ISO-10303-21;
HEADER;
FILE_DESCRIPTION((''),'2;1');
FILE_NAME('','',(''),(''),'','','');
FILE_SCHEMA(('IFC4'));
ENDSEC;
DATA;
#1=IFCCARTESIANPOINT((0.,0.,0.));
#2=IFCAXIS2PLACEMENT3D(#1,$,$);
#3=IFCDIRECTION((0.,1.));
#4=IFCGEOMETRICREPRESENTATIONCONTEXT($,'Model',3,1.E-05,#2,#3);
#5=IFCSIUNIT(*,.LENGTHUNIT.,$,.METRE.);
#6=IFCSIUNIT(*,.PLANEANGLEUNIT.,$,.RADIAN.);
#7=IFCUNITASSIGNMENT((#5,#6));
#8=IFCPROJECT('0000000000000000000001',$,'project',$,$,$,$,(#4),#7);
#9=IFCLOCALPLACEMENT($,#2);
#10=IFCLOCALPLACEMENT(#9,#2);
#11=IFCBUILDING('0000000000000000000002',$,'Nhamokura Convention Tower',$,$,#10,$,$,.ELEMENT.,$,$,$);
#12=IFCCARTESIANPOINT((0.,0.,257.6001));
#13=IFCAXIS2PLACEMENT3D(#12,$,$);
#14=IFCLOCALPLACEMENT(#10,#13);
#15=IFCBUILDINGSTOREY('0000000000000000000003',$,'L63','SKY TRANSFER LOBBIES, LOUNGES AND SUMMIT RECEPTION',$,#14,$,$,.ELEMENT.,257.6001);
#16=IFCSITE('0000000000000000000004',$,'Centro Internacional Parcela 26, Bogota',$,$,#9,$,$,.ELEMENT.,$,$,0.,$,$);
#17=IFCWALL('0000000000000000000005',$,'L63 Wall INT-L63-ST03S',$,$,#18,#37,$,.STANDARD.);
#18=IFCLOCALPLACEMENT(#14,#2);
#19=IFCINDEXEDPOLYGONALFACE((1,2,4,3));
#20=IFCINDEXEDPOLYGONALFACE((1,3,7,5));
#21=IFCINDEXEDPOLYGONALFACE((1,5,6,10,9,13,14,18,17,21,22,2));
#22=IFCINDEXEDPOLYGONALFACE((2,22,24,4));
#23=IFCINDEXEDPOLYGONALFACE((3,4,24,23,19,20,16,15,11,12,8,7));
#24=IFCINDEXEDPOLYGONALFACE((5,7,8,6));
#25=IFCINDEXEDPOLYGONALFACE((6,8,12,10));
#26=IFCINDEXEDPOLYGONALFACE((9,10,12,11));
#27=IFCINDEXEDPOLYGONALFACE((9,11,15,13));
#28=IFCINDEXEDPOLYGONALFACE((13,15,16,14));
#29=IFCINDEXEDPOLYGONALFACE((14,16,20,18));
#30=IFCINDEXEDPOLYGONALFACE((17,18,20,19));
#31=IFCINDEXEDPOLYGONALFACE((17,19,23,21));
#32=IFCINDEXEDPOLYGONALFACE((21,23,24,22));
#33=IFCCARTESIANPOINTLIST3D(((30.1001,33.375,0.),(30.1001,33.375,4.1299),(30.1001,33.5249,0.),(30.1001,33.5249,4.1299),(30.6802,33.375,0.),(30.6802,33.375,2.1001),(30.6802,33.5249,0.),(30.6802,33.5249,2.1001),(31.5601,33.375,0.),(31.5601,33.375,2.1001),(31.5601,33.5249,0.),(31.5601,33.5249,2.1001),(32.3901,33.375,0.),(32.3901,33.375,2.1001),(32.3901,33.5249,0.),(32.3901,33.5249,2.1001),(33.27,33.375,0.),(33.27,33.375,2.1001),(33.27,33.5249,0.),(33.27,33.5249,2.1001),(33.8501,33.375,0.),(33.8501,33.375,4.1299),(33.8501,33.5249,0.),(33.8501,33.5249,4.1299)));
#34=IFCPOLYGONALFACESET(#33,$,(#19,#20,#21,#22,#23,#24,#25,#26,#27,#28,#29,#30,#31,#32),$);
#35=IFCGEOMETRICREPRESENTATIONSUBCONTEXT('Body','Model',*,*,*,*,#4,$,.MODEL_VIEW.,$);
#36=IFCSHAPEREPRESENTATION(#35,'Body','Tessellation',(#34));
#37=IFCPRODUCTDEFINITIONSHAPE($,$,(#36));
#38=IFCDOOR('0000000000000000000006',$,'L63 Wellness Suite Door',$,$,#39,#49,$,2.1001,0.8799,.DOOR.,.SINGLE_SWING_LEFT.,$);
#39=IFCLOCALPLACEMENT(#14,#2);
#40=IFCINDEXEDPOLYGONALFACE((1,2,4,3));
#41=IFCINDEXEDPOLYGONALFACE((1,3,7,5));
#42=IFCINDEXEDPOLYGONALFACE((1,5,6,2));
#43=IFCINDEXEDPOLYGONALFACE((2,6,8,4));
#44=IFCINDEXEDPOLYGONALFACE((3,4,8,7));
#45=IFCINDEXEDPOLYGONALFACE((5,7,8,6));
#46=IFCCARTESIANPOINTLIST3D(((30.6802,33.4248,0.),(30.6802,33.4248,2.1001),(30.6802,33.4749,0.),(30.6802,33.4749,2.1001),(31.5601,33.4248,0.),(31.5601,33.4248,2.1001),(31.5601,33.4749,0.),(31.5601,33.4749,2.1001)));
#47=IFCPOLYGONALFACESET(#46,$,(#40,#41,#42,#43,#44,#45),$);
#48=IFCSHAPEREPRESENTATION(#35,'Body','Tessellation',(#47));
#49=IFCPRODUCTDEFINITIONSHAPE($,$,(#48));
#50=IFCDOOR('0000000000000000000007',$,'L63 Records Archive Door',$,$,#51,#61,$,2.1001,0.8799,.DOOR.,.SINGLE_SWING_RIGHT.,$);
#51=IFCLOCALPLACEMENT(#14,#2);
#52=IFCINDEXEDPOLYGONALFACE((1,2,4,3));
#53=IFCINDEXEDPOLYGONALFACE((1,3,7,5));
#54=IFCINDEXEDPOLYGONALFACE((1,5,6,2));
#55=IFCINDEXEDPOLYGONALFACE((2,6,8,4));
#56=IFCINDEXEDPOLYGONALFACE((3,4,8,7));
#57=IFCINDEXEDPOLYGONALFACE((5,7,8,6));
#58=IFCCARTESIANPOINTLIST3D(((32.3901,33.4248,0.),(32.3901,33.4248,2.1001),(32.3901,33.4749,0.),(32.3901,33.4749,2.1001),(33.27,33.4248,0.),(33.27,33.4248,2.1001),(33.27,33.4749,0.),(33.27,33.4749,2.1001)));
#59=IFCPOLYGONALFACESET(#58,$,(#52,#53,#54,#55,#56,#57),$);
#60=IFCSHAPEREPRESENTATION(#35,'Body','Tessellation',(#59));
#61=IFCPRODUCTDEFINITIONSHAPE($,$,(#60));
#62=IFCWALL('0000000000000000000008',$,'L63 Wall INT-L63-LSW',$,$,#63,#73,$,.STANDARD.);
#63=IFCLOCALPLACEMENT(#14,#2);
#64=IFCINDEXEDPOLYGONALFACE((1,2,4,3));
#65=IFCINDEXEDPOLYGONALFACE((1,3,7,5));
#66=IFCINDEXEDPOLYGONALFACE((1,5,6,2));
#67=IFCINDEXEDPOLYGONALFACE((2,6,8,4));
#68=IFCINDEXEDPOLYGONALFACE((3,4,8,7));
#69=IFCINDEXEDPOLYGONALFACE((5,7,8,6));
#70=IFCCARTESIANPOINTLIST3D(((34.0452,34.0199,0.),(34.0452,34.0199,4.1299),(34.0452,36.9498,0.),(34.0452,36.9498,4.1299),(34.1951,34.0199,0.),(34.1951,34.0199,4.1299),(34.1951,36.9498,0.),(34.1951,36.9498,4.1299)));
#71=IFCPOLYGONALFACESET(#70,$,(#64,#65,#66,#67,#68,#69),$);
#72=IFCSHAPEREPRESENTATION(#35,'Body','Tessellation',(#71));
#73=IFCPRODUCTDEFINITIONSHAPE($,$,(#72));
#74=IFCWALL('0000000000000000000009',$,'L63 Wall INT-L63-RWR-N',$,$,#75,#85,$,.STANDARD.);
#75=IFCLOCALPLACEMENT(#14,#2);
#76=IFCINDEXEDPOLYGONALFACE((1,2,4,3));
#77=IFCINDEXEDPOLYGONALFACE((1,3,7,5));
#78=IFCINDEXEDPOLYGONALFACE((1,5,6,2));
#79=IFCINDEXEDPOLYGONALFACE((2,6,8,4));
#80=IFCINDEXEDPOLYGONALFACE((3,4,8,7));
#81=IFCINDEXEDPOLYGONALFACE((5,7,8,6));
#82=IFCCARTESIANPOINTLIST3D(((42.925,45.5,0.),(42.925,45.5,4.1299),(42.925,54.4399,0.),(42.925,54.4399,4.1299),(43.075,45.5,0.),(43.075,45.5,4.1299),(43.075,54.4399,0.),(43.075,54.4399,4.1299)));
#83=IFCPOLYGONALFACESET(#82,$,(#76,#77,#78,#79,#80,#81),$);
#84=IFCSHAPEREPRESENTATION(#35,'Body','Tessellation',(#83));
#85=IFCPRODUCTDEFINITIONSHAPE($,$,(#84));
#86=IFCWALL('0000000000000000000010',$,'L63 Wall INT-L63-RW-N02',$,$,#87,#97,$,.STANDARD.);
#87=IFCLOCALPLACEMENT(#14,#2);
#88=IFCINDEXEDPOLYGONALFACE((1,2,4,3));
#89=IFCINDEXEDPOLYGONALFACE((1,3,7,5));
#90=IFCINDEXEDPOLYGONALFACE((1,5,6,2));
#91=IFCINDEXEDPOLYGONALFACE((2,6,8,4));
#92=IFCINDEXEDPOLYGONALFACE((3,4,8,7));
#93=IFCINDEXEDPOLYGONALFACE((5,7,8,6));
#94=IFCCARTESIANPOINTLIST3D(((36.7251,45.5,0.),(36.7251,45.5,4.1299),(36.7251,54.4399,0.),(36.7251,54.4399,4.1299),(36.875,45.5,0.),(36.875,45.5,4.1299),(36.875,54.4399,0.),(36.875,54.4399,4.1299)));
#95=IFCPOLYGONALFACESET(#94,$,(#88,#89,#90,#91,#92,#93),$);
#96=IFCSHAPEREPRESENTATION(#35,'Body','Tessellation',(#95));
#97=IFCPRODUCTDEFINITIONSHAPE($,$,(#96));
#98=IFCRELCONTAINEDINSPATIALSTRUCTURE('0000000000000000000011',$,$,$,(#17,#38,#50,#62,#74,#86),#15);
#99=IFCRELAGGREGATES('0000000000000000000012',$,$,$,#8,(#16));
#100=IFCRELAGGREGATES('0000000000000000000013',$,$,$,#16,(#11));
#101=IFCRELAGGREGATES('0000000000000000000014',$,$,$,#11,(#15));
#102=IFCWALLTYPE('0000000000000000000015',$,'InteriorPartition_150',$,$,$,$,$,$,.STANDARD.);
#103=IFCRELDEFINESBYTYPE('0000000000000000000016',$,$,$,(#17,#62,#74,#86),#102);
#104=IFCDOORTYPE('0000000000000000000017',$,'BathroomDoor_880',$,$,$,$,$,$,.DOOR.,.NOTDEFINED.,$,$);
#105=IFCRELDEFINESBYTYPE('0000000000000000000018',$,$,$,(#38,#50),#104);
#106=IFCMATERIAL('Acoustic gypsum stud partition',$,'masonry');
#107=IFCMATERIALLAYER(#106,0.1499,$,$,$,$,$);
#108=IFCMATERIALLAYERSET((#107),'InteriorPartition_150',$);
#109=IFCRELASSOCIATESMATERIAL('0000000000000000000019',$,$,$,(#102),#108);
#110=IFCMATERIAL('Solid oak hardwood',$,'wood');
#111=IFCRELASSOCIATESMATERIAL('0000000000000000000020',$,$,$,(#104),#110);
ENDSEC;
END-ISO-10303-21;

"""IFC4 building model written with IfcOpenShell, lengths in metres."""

from ifc_helpers import new_model, si_unit, direction, frame, frame_2d, origin, place, context, subcontext, project, spatial, rectangle, extrude, material, layer, layer_set, type_object, element, fill, save


model = new_model("IFC4")

# Units and contexts
model_context = context("Model", 3, precision=1e-05, world=origin(), true_north=direction((0.0, 1.0)))
body_context = subcontext(model_context, "Body", "Model", "MODEL_VIEW")
ifc_project = project(units=[si_unit("LENGTHUNIT", "METRE"), si_unit("PLANEANGLEUNIT", "RADIAN")], contexts=[model_context])

# Site, building, storey
site_placement = place(None, origin())
site = spatial("IfcSite", under=ifc_project, at=site_placement, Name="Centro Internacional Parcela 26, Bogota", CompositionType="ELEMENT", RefElevation=0.0)
building_placement = place(site_placement, origin())
building = spatial("IfcBuilding", under=site, at=building_placement, Name="Nhamokura Convention Tower", CompositionType="ELEMENT")
storey_placement = place(building_placement, frame((0.0, 0.0, 257.6001)))
storey = spatial("IfcBuildingStorey", under=building, at=storey_placement, Name="L63", Description="SKY TRANSFER LOBBIES, LOUNGES AND SUMMIT RECEPTION", CompositionType="ELEMENT", Elevation=257.6001)

# Shared definitions
ifc_material_1 = material(Name="Acoustic gypsum stud partition", Category="masonry")
ifc_layer_1 = layer(ifc_material_1, 0.1499)
ifc_layer_set_1 = layer_set([ifc_layer_1], Name="InteriorPartition_150")
wall_type_1 = type_object("IfcWallType", Name="InteriorPartition_150", PredefinedType="STANDARD", material=ifc_layer_set_1)

# Wall, openings, doors
wall_1_placement = place(storey_placement, frame((30.1001, 33.45, 0.0), z_axis=(0.0, 0.0, 1.0), x_axis=(1.0, 0.0, 0.0)))
wall_1 = element("IfcWall", 1, at=wall_1_placement, inside=storey, type_object=wall_type_1, Name="L63 Wall INT-L63-ST03S", PredefinedType="STANDARD", context=body_context, shape_type="SweptSolid", body=[
    extrude(rectangle(XDim=3.75, YDim=0.1499, at=frame_2d((1.875, 0.0))), origin(), (0.0, 0.0, 1.0), 4.1299),
])
opening_1_placement = place(wall_1_placement, frame((0.5801, 0.0, 0.0)))
opening_1 = element("IfcOpeningElement", 2, at=opening_1_placement, cuts=wall_1, PredefinedType="OPENING", context=body_context, shape_type="SweptSolid", body=[
    extrude(rectangle(XDim=0.8799, YDim=2.1001, at=frame_2d((0.4399, 1.05))), frame((0.0, 0.085, 0.0), z_axis=(0.0, -1.0, 0.0), x_axis=(1.0, 0.0, 0.0)), (0.0, 0.0, 1.0), 0.1699),
])
opening_2_placement = place(wall_1_placement, frame((2.29, 0.0, 0.0)))
opening_2 = element("IfcOpeningElement", 3, at=opening_2_placement, cuts=wall_1, PredefinedType="OPENING", context=body_context, shape_type="SweptSolid", body=[
    extrude(rectangle(XDim=0.8799, YDim=2.1001, at=frame_2d((0.4399, 1.05))), frame((0.0, 0.085, 0.0), z_axis=(0.0, -1.0, 0.0), x_axis=(1.0, 0.0, 0.0)), (0.0, 0.0, 1.0), 0.1699),
])
ifc_material_2 = material(Name="Solid oak hardwood", Category="wood")
door_type_1 = type_object("IfcDoorType", Name="BathroomDoor_880", OperationType="NOTDEFINED", PredefinedType="DOOR", material=ifc_material_2)
door_1_placement = place(opening_1_placement, origin())
door_1 = element("IfcDoor", 4, at=door_1_placement, inside=storey, type_object=door_type_1, Name="L63 Wellness Suite Door", OperationType="SINGLE_SWING_LEFT", OverallHeight=2.1001, OverallWidth=0.8799, PredefinedType="DOOR", context=body_context, shape_type="SweptSolid", body=[
    extrude(rectangle(XDim=0.8799, YDim=2.1001, at=frame_2d((0.4399, 1.05))), frame((0.0, 0.0249, 0.0), z_axis=(0.0, -1.0, 0.0), x_axis=(1.0, 0.0, 0.0)), (0.0, 0.0, 1.0), 0.05),
])
fill(opening_1, door_1)
door_2_placement = place(opening_2_placement, origin())
door_2 = element("IfcDoor", 5, at=door_2_placement, inside=storey, type_object=door_type_1, Name="L63 Records Archive Door", OperationType="SINGLE_SWING_RIGHT", OverallHeight=2.1001, OverallWidth=0.8799, PredefinedType="DOOR", context=body_context, shape_type="SweptSolid", body=[
    extrude(rectangle(XDim=0.8799, YDim=2.1001, at=frame_2d((0.4399, 1.05))), frame((0.0, 0.0249, 0.0), z_axis=(0.0, -1.0, 0.0), x_axis=(1.0, 0.0, 0.0)), (0.0, 0.0, 1.0), 0.05),
])
fill(opening_2, door_2)

# Walls
wall_2_placement = place(storey_placement, frame((34.1201, 34.02, 0.0), z_axis=(0.0, 0.0, 1.0), x_axis=(0.0, 1.0, 0.0)))
element("IfcWall", 6, at=wall_2_placement, inside=storey, type_object=wall_type_1, Name="L63 Wall INT-L63-LSW", PredefinedType="STANDARD", context=body_context, shape_type="SweptSolid", body=[
    extrude(rectangle(XDim=2.9299, YDim=0.1499, at=frame_2d((1.4648, 0.0))), origin(), (0.0, 0.0, 1.0), 4.1299),
])
for number, where, z_axis, x_axis, name in (
    (7, (43.0, 45.5, 0.0), (0.0, 0.0, 1.0), (0.0, 1.0, 0.0), "L63 Wall INT-L63-RWR-N"),
    (8, (36.8, 45.5, 0.0), (0.0, 0.0, 1.0), (0.0, 1.0, 0.0), "L63 Wall INT-L63-RW-N02"),
):
    element("IfcWall", number, at=place(storey_placement, frame(where, z_axis=z_axis, x_axis=x_axis)), inside=storey, type_object=wall_type_1, Name=name, PredefinedType="STANDARD", context=body_context, shape_type="SweptSolid", body=[
        extrude(rectangle(XDim=8.9399, YDim=0.1499, at=frame_2d((4.47, 0.0))), origin(), (0.0, 0.0, 1.0), 4.1299),
    ])

save(model, "model.ifc")
